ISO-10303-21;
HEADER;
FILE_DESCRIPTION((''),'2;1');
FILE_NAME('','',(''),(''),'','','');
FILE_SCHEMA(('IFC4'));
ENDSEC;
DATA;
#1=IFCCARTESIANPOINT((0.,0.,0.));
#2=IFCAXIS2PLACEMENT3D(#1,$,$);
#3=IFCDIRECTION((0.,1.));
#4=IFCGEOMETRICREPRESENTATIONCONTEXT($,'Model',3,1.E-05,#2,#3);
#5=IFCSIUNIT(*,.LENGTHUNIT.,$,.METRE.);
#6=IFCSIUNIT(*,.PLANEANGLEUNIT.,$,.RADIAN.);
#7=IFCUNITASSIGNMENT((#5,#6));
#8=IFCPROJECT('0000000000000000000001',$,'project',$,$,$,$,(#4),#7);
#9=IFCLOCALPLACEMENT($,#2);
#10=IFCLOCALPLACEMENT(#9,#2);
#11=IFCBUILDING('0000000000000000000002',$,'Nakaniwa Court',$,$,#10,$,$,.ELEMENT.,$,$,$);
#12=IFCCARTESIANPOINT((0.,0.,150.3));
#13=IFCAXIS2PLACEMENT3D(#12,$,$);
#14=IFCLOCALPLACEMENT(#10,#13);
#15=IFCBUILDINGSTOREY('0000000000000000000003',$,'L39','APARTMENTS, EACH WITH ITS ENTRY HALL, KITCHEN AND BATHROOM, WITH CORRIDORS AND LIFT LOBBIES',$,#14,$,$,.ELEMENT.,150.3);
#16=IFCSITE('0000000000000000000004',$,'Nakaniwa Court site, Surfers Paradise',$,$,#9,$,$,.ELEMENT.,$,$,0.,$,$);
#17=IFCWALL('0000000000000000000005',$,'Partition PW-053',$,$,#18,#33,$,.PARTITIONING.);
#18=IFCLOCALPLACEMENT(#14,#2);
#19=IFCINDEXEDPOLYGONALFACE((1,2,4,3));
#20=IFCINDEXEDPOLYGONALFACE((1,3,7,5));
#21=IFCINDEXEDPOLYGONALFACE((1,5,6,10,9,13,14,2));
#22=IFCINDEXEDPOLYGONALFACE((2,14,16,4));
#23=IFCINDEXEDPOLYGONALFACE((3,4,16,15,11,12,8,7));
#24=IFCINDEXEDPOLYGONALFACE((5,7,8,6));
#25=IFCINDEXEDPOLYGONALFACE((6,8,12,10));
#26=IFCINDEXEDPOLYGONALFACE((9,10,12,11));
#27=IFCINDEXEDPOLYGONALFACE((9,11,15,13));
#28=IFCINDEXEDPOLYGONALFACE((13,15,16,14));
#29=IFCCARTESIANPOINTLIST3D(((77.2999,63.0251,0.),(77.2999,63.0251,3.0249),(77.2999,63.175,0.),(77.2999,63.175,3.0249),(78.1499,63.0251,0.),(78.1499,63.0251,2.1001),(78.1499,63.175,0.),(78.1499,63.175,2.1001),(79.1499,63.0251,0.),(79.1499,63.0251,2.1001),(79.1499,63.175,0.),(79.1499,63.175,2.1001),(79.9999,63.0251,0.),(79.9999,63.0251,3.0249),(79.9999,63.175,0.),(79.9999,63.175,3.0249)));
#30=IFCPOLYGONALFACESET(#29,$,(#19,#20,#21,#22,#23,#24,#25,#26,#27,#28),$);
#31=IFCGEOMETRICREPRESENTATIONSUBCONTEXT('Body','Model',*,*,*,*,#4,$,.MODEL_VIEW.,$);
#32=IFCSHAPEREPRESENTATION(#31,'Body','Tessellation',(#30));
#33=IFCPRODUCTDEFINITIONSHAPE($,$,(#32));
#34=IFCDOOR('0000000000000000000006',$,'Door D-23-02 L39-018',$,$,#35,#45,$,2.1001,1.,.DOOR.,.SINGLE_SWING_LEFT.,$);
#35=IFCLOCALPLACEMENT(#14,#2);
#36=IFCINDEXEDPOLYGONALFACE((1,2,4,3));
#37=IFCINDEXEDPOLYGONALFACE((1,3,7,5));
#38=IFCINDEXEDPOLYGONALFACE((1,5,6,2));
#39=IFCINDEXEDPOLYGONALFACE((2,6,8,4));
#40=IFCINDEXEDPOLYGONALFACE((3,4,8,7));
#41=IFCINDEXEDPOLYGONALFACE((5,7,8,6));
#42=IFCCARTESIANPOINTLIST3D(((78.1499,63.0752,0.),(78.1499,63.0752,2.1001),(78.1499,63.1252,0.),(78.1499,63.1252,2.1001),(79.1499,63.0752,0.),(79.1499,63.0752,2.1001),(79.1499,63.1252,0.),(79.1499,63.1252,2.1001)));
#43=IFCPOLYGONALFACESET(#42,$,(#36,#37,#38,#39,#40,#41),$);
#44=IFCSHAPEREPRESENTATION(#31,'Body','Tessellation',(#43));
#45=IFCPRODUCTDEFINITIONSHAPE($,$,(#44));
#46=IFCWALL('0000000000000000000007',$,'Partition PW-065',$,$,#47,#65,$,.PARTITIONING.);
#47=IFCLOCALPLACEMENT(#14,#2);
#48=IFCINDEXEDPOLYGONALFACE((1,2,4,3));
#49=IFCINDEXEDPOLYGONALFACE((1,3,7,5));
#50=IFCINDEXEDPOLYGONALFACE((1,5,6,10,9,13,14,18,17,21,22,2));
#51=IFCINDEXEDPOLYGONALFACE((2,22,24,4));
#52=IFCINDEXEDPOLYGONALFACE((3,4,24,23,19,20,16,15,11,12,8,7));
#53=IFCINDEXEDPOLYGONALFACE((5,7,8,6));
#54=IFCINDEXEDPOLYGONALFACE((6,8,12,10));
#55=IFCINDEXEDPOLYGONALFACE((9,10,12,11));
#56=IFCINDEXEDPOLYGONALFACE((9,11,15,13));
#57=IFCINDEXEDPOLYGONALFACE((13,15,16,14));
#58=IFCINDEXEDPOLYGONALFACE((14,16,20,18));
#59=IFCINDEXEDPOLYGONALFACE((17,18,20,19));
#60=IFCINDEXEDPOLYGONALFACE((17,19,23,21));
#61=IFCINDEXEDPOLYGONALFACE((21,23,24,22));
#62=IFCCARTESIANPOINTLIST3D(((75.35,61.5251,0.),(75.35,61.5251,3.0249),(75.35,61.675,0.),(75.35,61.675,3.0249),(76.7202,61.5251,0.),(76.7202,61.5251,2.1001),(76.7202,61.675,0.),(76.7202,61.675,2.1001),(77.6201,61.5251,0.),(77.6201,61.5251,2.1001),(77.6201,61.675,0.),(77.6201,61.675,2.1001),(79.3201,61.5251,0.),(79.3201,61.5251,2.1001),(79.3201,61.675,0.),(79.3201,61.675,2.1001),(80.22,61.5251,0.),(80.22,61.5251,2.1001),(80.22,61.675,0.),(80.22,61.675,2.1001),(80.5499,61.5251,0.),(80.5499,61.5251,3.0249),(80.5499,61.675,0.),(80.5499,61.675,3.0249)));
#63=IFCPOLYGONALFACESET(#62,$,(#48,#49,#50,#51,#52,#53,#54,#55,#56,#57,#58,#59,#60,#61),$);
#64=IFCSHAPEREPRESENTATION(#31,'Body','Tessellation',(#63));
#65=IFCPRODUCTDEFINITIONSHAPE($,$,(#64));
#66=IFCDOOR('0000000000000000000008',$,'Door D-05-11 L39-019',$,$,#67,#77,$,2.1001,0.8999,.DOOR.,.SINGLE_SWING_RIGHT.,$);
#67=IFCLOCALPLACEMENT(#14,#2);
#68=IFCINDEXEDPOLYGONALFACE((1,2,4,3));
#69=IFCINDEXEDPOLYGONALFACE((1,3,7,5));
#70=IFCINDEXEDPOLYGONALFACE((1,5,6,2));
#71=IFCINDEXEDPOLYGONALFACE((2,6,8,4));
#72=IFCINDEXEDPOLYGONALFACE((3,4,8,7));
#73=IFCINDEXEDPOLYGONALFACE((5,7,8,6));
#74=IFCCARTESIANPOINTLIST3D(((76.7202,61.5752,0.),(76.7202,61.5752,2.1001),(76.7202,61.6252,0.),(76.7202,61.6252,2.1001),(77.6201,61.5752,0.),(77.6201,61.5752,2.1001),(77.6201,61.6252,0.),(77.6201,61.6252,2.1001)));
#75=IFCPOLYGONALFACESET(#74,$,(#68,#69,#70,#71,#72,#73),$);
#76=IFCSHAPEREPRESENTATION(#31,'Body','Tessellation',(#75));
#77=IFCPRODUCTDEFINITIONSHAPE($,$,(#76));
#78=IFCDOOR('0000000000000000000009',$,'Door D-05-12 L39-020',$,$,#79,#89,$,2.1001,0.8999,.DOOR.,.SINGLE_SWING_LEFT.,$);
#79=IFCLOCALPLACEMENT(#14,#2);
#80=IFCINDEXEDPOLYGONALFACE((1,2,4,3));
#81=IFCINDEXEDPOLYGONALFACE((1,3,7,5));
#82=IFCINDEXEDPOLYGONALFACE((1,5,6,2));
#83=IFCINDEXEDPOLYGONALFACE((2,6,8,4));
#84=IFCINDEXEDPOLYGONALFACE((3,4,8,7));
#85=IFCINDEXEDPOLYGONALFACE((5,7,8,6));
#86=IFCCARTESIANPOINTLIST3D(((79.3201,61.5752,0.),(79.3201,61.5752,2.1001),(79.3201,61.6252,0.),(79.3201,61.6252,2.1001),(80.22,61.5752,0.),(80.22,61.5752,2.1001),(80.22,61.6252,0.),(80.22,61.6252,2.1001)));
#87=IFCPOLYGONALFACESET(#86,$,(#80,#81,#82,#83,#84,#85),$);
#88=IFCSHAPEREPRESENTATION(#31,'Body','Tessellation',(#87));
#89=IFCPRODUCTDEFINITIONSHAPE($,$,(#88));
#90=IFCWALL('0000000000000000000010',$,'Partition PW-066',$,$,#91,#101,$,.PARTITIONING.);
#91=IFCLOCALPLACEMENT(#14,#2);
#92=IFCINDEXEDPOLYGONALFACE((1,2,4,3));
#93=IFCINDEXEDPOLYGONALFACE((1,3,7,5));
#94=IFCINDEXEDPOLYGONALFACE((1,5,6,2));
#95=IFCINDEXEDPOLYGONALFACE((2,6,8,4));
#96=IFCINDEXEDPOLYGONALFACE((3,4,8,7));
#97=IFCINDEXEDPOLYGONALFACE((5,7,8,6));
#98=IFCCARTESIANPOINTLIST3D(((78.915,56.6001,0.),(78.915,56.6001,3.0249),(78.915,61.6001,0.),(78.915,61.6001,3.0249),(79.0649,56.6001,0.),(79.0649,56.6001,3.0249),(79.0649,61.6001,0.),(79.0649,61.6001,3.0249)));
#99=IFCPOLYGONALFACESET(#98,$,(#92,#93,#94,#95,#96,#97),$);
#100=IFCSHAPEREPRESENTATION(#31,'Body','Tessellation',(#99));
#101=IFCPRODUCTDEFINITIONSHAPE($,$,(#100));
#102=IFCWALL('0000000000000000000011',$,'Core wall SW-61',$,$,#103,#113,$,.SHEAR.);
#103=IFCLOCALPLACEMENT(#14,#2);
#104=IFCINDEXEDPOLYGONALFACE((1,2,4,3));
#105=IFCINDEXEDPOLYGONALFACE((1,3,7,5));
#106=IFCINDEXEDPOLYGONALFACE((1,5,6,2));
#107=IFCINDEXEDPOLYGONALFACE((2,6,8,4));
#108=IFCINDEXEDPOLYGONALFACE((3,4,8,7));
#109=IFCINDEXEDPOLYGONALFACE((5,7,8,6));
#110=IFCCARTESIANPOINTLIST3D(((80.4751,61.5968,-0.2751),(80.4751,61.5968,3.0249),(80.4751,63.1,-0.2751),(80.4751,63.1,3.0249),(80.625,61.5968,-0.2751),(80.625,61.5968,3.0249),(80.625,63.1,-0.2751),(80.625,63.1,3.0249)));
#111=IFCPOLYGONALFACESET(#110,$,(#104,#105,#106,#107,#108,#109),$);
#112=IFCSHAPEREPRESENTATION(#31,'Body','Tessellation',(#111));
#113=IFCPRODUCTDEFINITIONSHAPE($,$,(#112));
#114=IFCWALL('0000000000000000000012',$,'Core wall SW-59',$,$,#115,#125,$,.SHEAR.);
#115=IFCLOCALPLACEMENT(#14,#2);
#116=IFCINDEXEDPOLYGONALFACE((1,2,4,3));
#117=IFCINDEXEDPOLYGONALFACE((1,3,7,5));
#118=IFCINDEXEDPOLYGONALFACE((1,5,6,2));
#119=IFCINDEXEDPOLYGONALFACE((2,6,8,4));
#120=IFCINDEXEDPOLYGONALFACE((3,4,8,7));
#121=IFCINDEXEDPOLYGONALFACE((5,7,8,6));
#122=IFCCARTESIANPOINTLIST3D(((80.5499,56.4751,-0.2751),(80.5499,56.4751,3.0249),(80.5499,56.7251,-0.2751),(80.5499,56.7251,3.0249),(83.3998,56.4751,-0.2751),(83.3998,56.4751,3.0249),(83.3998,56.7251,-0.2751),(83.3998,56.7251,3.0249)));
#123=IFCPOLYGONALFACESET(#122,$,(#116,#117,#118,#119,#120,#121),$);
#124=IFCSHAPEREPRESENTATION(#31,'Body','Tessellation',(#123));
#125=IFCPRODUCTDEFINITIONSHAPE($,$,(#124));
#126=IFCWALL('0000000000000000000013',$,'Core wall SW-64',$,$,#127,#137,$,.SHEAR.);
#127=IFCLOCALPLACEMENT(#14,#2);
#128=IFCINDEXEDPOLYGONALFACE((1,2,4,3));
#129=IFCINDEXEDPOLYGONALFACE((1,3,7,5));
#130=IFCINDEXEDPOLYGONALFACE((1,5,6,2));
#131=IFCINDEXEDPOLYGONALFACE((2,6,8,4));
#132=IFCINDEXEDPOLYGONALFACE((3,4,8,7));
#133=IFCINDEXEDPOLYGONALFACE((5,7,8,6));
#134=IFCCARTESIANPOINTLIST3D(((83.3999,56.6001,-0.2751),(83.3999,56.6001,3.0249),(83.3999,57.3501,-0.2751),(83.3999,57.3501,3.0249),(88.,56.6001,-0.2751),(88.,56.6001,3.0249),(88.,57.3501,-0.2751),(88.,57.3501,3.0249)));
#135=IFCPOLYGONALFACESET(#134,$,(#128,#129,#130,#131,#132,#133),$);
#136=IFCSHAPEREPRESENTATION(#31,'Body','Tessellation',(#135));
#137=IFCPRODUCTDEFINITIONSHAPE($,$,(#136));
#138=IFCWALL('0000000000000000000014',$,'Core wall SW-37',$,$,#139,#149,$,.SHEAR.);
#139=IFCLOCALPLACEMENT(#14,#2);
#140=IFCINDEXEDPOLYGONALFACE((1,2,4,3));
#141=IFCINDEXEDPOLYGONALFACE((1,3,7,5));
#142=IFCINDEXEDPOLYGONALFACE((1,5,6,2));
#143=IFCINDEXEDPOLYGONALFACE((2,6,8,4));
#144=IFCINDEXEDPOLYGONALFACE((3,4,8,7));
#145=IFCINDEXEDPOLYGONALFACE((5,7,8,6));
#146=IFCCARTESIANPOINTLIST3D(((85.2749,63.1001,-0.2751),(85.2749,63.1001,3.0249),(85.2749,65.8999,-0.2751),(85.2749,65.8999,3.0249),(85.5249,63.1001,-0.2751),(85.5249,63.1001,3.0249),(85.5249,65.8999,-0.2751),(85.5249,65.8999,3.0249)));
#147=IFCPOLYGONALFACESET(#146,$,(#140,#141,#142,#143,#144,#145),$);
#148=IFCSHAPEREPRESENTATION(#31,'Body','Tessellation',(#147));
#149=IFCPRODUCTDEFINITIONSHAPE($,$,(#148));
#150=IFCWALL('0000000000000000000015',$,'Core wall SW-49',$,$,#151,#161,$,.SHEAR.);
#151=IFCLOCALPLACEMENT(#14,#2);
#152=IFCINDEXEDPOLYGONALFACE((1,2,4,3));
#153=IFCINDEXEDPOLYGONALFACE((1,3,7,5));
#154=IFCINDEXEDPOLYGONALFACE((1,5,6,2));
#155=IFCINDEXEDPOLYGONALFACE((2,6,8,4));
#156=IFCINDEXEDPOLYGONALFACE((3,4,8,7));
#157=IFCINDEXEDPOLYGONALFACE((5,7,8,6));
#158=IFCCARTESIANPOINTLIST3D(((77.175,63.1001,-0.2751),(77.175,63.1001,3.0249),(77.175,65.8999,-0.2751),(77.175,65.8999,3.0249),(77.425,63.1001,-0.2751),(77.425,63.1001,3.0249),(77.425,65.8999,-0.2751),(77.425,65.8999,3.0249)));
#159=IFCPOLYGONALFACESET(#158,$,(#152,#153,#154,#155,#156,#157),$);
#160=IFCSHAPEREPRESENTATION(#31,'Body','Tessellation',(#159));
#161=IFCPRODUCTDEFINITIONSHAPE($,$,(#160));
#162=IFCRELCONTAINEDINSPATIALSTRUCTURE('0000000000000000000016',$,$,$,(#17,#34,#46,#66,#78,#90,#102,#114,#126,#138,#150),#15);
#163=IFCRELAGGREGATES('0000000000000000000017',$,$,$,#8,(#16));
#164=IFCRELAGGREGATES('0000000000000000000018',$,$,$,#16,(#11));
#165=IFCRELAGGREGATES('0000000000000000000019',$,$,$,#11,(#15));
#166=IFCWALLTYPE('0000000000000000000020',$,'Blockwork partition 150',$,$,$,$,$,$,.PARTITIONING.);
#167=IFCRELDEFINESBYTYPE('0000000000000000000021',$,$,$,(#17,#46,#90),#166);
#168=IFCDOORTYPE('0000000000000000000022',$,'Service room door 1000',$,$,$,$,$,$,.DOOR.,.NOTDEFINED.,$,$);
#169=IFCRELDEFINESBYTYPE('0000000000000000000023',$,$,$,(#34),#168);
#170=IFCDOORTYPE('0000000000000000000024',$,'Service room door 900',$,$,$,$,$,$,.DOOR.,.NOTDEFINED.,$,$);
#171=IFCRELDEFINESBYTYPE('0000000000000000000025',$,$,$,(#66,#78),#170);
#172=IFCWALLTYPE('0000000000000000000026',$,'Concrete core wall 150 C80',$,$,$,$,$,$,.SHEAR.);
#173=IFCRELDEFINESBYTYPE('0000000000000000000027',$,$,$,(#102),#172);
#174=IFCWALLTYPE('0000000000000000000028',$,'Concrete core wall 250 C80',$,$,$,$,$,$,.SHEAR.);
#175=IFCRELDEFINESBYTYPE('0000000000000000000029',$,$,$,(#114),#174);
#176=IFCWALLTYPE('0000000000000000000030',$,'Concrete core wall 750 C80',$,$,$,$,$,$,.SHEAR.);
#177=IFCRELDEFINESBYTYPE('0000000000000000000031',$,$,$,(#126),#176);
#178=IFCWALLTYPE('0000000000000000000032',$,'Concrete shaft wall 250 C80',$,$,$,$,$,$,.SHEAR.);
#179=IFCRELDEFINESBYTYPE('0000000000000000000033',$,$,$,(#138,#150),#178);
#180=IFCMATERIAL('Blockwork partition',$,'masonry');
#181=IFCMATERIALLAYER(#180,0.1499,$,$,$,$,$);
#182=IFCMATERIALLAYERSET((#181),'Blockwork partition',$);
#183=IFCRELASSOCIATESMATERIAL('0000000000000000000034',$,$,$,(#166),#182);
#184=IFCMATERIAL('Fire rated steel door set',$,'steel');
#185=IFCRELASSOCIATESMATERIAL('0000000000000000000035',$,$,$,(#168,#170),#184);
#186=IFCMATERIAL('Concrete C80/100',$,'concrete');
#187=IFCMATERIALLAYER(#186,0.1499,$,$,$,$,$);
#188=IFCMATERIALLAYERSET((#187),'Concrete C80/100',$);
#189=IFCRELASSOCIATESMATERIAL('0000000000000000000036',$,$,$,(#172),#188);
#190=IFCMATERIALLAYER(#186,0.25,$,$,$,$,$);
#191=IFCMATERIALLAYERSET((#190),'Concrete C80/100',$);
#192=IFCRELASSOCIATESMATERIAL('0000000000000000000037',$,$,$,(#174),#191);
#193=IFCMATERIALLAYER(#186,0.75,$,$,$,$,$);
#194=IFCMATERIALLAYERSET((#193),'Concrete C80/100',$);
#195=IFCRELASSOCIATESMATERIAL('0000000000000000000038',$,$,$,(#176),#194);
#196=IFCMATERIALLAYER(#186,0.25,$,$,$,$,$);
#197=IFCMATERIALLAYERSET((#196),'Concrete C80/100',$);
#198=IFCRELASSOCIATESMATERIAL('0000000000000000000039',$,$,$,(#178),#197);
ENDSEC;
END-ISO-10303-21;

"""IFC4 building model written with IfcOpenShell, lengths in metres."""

from ifc_helpers import new_model, si_unit, direction, frame, frame_2d, origin, place, context, subcontext, project, spatial, rectangle, extrude, material, layer, layer_set, type_object, element, fill, save


model = new_model("IFC4")

# Units and contexts
model_context = context("Model", 3, precision=1e-05, world=origin(), true_north=direction((0.0, 1.0)))
body_context = subcontext(model_context, "Body", "Model", "MODEL_VIEW")
ifc_project = project(units=[si_unit("LENGTHUNIT", "METRE"), si_unit("PLANEANGLEUNIT", "RADIAN")], contexts=[model_context])

# Site, building, storey
site_placement = place(None, origin())
site = spatial("IfcSite", under=ifc_project, at=site_placement, Name="Nakaniwa Court site, Surfers Paradise", CompositionType="ELEMENT", RefElevation=0.0)
building_placement = place(site_placement, origin())
building = spatial("IfcBuilding", under=site, at=building_placement, Name="Nakaniwa Court", CompositionType="ELEMENT")
storey_placement = place(building_placement, frame((0.0, 0.0, 150.3)))
storey = spatial("IfcBuildingStorey", under=building, at=storey_placement, Name="L39", Description="APARTMENTS, EACH WITH ITS ENTRY HALL, KITCHEN AND BATHROOM, WITH CORRIDORS AND LIFT LOBBIES", CompositionType="ELEMENT", Elevation=150.3)

# Wall, opening, door
ifc_material_1 = material(Name="Blockwork partition", Category="masonry")
ifc_layer_1 = layer(ifc_material_1, 0.1499)
ifc_layer_set_1 = layer_set([ifc_layer_1], Name="Blockwork partition")
wall_type_1 = type_object("IfcWallType", Name="Blockwork partition 150", PredefinedType="PARTITIONING", material=ifc_layer_set_1)
wall_1_placement = place(storey_placement, frame((80.0, 63.1001, 0.0), z_axis=(0.0, 0.0, 1.0), x_axis=(-1.0, 0.0, 0.0)))
wall_1 = element("IfcWall", 1, at=wall_1_placement, inside=storey, type_object=wall_type_1, Name="Partition PW-053", PredefinedType="PARTITIONING", context=body_context, shape_type="SweptSolid", body=[
    extrude(rectangle(XDim=2.7, YDim=0.1499, at=frame_2d((1.3501, 0.0))), origin(), (0.0, 0.0, 1.0), 3.0249),
])
opening_1_placement = place(wall_1_placement, frame((0.8501, 0.0, 0.0)))
opening_1 = element("IfcOpeningElement", 2, at=opening_1_placement, cuts=wall_1, PredefinedType="OPENING", context=body_context, shape_type="SweptSolid", body=[
    extrude(rectangle(XDim=1.0, YDim=2.1001, at=frame_2d((0.5, 1.05))), frame((0.0, 0.085, 0.0), z_axis=(0.0, -1.0, 0.0), x_axis=(1.0, 0.0, 0.0)), (0.0, 0.0, 1.0), 0.1699),
])
ifc_material_2 = material(Name="Fire rated steel door set", Category="steel")
door_type_1 = type_object("IfcDoorType", Name="Service room door 1000", OperationType="NOTDEFINED", PredefinedType="DOOR", material=ifc_material_2)
door_1_placement = place(opening_1_placement, origin())
door_1 = element("IfcDoor", 3, at=door_1_placement, inside=storey, type_object=door_type_1, Name="Door D-23-02 L39-018", OperationType="SINGLE_SWING_LEFT", OverallHeight=2.1001, OverallWidth=1.0, PredefinedType="DOOR", context=body_context, shape_type="SweptSolid", body=[
    extrude(rectangle(XDim=1.0, YDim=2.1001, at=frame_2d((0.5, 1.05))), frame((0.0, 0.0249, 0.0), z_axis=(0.0, -1.0, 0.0), x_axis=(1.0, 0.0, 0.0)), (0.0, 0.0, 1.0), 0.05),
])
fill(opening_1, door_1)

# Wall, openings, doors
wall_2_placement = place(storey_placement, frame((80.55, 61.6001, 0.0), z_axis=(0.0, 0.0, 1.0), x_axis=(-1.0, 0.0, 0.0)))
wall_2 = element("IfcWall", 4, at=wall_2_placement, inside=storey, type_object=wall_type_1, Name="Partition PW-065", PredefinedType="PARTITIONING", context=body_context, shape_type="SweptSolid", body=[
    extrude(rectangle(XDim=5.2, YDim=0.1499, at=frame_2d((2.6001, 0.0))), origin(), (0.0, 0.0, 1.0), 3.0249),
])
opening_2_placement = place(wall_2_placement, frame((2.9299, 0.0, 0.0)))
opening_2 = element("IfcOpeningElement", 5, at=opening_2_placement, cuts=wall_2, PredefinedType="OPENING", context=body_context, shape_type="SweptSolid", body=[
    extrude(rectangle(XDim=0.8999, YDim=2.1001, at=frame_2d((0.45, 1.05))), frame((0.0, 0.085, 0.0), z_axis=(0.0, -1.0, 0.0), x_axis=(1.0, 0.0, 0.0)), (0.0, 0.0, 1.0), 0.1699),
])
opening_3_placement = place(wall_2_placement, frame((0.3301, 0.0, 0.0)))
opening_3 = element("IfcOpeningElement", 6, at=opening_3_placement, cuts=wall_2, PredefinedType="OPENING", context=body_context, shape_type="SweptSolid", body=[
    extrude(rectangle(XDim=0.8999, YDim=2.1001, at=frame_2d((0.45, 1.05))), frame((0.0, 0.085, 0.0), z_axis=(0.0, -1.0, 0.0), x_axis=(1.0, 0.0, 0.0)), (0.0, 0.0, 1.0), 0.1699),
])
door_type_2 = type_object("IfcDoorType", Name="Service room door 900", OperationType="NOTDEFINED", PredefinedType="DOOR", material=ifc_material_2)
door_2_placement = place(opening_2_placement, origin())
door_2 = element("IfcDoor", 7, at=door_2_placement, inside=storey, type_object=door_type_2, Name="Door D-05-11 L39-019", OperationType="SINGLE_SWING_RIGHT", OverallHeight=2.1001, OverallWidth=0.8999, PredefinedType="DOOR", context=body_context, shape_type="SweptSolid", body=[
    extrude(rectangle(XDim=0.8999, YDim=2.1001, at=frame_2d((0.45, 1.05))), frame((0.0, 0.0249, 0.0), z_axis=(0.0, -1.0, 0.0), x_axis=(1.0, 0.0, 0.0)), (0.0, 0.0, 1.0), 0.05),
])
fill(opening_2, door_2)
door_3_placement = place(opening_3_placement, origin())
door_3 = element("IfcDoor", 8, at=door_3_placement, inside=storey, type_object=door_type_2, Name="Door D-05-12 L39-020", OperationType="SINGLE_SWING_LEFT", OverallHeight=2.1001, OverallWidth=0.8999, PredefinedType="DOOR", context=body_context, shape_type="SweptSolid", body=[
    extrude(rectangle(XDim=0.8999, YDim=2.1001, at=frame_2d((0.45, 1.05))), frame((0.0, 0.0249, 0.0), z_axis=(0.0, -1.0, 0.0), x_axis=(1.0, 0.0, 0.0)), (0.0, 0.0, 1.0), 0.05),
])
fill(opening_3, door_3)

# Walls
wall_3_placement = place(storey_placement, frame((78.99, 56.6001, 0.0), z_axis=(0.0, 0.0, 1.0), x_axis=(0.0, 1.0, 0.0)))
element("IfcWall", 9, at=wall_3_placement, inside=storey, type_object=wall_type_1, Name="Partition PW-066", PredefinedType="PARTITIONING", context=body_context, shape_type="SweptSolid", body=[
    extrude(rectangle(XDim=5.0, YDim=0.1499, at=frame_2d((2.5, 0.0))), origin(), (0.0, 0.0, 1.0), 3.0249),
])
ifc_material_3 = material(Name="Concrete C80/100", Category="concrete")
ifc_layer_2 = layer(ifc_material_3, 0.1499)
ifc_layer_set_2 = layer_set([ifc_layer_2], Name="Concrete C80/100")
wall_type_2 = type_object("IfcWallType", Name="Concrete core wall 150 C80", PredefinedType="SHEAR", material=ifc_layer_set_2)
wall_4_placement = place(storey_placement, frame((80.55, 61.5969, -0.2751), z_axis=(0.0, 0.0, 1.0), x_axis=(0.0, 1.0, 0.0)))
element("IfcWall", 10, at=wall_4_placement, inside=storey, type_object=wall_type_2, Name="Core wall SW-61", PredefinedType="SHEAR", context=body_context, shape_type="SweptSolid", body=[
    extrude(rectangle(XDim=1.5032, YDim=0.1499, at=frame_2d((0.7515, 0.0))), origin(), (0.0, 0.0, 1.0), 3.3),
])
ifc_layer_3 = layer(ifc_material_3, 0.25)
ifc_layer_set_3 = layer_set([ifc_layer_3], Name="Concrete C80/100")
wall_type_3 = type_object("IfcWallType", Name="Concrete core wall 250 C80", PredefinedType="SHEAR", material=ifc_layer_set_3)
wall_5_placement = place(storey_placement, frame((80.55, 56.6001, -0.2751), z_axis=(0.0, 0.0, 1.0), x_axis=(1.0, 0.0, 0.0)))
element("IfcWall", 11, at=wall_5_placement, inside=storey, type_object=wall_type_3, Name="Core wall SW-59", PredefinedType="SHEAR", context=body_context, shape_type="SweptSolid", body=[
    extrude(rectangle(XDim=2.8499, YDim=0.25, at=frame_2d((1.4248, 0.0))), origin(), (0.0, 0.0, 1.0), 3.3),
])
ifc_layer_4 = layer(ifc_material_3, 0.75)
ifc_layer_set_4 = layer_set([ifc_layer_4], Name="Concrete C80/100")
wall_type_4 = type_object("IfcWallType", Name="Concrete core wall 750 C80", PredefinedType="SHEAR", material=ifc_layer_set_4)
wall_6_placement = place(storey_placement, frame((83.3999, 56.9751, -0.2751), z_axis=(0.0, 0.0, 1.0), x_axis=(1.0, 0.0, 0.0)))
element("IfcWall", 12, at=wall_6_placement, inside=storey, type_object=wall_type_4, Name="Core wall SW-64", PredefinedType="SHEAR", context=body_context, shape_type="SweptSolid", body=[
    extrude(rectangle(XDim=4.6001, YDim=0.75, at=frame_2d((2.3, 0.0))), origin(), (0.0, 0.0, 1.0), 3.3),
])
ifc_layer_5 = layer(ifc_material_3, 0.25)
ifc_layer_set_5 = layer_set([ifc_layer_5], Name="Concrete C80/100")
wall_type_5 = type_object("IfcWallType", Name="Concrete shaft wall 250 C80", PredefinedType="SHEAR", material=ifc_layer_set_5)
for number, where, z_axis, x_axis, name in (
    (13, (85.3999, 63.1001, -0.2751), (0.0, 0.0, 1.0), (0.0, 1.0, 0.0), "Core wall SW-37"),
    (14, (77.3, 63.1001, -0.2751), (0.0, 0.0, 1.0), (0.0, 1.0, 0.0), "Core wall SW-49"),
):
    element("IfcWall", number, at=place(storey_placement, frame(where, z_axis=z_axis, x_axis=x_axis)), inside=storey, type_object=wall_type_5, Name=name, PredefinedType="SHEAR", context=body_context, shape_type="SweptSolid", body=[
        extrude(rectangle(XDim=2.7998, YDim=0.25, at=frame_2d((1.3999, 0.0))), origin(), (0.0, 0.0, 1.0), 3.3),
    ])

save(model, "model.ifc")
